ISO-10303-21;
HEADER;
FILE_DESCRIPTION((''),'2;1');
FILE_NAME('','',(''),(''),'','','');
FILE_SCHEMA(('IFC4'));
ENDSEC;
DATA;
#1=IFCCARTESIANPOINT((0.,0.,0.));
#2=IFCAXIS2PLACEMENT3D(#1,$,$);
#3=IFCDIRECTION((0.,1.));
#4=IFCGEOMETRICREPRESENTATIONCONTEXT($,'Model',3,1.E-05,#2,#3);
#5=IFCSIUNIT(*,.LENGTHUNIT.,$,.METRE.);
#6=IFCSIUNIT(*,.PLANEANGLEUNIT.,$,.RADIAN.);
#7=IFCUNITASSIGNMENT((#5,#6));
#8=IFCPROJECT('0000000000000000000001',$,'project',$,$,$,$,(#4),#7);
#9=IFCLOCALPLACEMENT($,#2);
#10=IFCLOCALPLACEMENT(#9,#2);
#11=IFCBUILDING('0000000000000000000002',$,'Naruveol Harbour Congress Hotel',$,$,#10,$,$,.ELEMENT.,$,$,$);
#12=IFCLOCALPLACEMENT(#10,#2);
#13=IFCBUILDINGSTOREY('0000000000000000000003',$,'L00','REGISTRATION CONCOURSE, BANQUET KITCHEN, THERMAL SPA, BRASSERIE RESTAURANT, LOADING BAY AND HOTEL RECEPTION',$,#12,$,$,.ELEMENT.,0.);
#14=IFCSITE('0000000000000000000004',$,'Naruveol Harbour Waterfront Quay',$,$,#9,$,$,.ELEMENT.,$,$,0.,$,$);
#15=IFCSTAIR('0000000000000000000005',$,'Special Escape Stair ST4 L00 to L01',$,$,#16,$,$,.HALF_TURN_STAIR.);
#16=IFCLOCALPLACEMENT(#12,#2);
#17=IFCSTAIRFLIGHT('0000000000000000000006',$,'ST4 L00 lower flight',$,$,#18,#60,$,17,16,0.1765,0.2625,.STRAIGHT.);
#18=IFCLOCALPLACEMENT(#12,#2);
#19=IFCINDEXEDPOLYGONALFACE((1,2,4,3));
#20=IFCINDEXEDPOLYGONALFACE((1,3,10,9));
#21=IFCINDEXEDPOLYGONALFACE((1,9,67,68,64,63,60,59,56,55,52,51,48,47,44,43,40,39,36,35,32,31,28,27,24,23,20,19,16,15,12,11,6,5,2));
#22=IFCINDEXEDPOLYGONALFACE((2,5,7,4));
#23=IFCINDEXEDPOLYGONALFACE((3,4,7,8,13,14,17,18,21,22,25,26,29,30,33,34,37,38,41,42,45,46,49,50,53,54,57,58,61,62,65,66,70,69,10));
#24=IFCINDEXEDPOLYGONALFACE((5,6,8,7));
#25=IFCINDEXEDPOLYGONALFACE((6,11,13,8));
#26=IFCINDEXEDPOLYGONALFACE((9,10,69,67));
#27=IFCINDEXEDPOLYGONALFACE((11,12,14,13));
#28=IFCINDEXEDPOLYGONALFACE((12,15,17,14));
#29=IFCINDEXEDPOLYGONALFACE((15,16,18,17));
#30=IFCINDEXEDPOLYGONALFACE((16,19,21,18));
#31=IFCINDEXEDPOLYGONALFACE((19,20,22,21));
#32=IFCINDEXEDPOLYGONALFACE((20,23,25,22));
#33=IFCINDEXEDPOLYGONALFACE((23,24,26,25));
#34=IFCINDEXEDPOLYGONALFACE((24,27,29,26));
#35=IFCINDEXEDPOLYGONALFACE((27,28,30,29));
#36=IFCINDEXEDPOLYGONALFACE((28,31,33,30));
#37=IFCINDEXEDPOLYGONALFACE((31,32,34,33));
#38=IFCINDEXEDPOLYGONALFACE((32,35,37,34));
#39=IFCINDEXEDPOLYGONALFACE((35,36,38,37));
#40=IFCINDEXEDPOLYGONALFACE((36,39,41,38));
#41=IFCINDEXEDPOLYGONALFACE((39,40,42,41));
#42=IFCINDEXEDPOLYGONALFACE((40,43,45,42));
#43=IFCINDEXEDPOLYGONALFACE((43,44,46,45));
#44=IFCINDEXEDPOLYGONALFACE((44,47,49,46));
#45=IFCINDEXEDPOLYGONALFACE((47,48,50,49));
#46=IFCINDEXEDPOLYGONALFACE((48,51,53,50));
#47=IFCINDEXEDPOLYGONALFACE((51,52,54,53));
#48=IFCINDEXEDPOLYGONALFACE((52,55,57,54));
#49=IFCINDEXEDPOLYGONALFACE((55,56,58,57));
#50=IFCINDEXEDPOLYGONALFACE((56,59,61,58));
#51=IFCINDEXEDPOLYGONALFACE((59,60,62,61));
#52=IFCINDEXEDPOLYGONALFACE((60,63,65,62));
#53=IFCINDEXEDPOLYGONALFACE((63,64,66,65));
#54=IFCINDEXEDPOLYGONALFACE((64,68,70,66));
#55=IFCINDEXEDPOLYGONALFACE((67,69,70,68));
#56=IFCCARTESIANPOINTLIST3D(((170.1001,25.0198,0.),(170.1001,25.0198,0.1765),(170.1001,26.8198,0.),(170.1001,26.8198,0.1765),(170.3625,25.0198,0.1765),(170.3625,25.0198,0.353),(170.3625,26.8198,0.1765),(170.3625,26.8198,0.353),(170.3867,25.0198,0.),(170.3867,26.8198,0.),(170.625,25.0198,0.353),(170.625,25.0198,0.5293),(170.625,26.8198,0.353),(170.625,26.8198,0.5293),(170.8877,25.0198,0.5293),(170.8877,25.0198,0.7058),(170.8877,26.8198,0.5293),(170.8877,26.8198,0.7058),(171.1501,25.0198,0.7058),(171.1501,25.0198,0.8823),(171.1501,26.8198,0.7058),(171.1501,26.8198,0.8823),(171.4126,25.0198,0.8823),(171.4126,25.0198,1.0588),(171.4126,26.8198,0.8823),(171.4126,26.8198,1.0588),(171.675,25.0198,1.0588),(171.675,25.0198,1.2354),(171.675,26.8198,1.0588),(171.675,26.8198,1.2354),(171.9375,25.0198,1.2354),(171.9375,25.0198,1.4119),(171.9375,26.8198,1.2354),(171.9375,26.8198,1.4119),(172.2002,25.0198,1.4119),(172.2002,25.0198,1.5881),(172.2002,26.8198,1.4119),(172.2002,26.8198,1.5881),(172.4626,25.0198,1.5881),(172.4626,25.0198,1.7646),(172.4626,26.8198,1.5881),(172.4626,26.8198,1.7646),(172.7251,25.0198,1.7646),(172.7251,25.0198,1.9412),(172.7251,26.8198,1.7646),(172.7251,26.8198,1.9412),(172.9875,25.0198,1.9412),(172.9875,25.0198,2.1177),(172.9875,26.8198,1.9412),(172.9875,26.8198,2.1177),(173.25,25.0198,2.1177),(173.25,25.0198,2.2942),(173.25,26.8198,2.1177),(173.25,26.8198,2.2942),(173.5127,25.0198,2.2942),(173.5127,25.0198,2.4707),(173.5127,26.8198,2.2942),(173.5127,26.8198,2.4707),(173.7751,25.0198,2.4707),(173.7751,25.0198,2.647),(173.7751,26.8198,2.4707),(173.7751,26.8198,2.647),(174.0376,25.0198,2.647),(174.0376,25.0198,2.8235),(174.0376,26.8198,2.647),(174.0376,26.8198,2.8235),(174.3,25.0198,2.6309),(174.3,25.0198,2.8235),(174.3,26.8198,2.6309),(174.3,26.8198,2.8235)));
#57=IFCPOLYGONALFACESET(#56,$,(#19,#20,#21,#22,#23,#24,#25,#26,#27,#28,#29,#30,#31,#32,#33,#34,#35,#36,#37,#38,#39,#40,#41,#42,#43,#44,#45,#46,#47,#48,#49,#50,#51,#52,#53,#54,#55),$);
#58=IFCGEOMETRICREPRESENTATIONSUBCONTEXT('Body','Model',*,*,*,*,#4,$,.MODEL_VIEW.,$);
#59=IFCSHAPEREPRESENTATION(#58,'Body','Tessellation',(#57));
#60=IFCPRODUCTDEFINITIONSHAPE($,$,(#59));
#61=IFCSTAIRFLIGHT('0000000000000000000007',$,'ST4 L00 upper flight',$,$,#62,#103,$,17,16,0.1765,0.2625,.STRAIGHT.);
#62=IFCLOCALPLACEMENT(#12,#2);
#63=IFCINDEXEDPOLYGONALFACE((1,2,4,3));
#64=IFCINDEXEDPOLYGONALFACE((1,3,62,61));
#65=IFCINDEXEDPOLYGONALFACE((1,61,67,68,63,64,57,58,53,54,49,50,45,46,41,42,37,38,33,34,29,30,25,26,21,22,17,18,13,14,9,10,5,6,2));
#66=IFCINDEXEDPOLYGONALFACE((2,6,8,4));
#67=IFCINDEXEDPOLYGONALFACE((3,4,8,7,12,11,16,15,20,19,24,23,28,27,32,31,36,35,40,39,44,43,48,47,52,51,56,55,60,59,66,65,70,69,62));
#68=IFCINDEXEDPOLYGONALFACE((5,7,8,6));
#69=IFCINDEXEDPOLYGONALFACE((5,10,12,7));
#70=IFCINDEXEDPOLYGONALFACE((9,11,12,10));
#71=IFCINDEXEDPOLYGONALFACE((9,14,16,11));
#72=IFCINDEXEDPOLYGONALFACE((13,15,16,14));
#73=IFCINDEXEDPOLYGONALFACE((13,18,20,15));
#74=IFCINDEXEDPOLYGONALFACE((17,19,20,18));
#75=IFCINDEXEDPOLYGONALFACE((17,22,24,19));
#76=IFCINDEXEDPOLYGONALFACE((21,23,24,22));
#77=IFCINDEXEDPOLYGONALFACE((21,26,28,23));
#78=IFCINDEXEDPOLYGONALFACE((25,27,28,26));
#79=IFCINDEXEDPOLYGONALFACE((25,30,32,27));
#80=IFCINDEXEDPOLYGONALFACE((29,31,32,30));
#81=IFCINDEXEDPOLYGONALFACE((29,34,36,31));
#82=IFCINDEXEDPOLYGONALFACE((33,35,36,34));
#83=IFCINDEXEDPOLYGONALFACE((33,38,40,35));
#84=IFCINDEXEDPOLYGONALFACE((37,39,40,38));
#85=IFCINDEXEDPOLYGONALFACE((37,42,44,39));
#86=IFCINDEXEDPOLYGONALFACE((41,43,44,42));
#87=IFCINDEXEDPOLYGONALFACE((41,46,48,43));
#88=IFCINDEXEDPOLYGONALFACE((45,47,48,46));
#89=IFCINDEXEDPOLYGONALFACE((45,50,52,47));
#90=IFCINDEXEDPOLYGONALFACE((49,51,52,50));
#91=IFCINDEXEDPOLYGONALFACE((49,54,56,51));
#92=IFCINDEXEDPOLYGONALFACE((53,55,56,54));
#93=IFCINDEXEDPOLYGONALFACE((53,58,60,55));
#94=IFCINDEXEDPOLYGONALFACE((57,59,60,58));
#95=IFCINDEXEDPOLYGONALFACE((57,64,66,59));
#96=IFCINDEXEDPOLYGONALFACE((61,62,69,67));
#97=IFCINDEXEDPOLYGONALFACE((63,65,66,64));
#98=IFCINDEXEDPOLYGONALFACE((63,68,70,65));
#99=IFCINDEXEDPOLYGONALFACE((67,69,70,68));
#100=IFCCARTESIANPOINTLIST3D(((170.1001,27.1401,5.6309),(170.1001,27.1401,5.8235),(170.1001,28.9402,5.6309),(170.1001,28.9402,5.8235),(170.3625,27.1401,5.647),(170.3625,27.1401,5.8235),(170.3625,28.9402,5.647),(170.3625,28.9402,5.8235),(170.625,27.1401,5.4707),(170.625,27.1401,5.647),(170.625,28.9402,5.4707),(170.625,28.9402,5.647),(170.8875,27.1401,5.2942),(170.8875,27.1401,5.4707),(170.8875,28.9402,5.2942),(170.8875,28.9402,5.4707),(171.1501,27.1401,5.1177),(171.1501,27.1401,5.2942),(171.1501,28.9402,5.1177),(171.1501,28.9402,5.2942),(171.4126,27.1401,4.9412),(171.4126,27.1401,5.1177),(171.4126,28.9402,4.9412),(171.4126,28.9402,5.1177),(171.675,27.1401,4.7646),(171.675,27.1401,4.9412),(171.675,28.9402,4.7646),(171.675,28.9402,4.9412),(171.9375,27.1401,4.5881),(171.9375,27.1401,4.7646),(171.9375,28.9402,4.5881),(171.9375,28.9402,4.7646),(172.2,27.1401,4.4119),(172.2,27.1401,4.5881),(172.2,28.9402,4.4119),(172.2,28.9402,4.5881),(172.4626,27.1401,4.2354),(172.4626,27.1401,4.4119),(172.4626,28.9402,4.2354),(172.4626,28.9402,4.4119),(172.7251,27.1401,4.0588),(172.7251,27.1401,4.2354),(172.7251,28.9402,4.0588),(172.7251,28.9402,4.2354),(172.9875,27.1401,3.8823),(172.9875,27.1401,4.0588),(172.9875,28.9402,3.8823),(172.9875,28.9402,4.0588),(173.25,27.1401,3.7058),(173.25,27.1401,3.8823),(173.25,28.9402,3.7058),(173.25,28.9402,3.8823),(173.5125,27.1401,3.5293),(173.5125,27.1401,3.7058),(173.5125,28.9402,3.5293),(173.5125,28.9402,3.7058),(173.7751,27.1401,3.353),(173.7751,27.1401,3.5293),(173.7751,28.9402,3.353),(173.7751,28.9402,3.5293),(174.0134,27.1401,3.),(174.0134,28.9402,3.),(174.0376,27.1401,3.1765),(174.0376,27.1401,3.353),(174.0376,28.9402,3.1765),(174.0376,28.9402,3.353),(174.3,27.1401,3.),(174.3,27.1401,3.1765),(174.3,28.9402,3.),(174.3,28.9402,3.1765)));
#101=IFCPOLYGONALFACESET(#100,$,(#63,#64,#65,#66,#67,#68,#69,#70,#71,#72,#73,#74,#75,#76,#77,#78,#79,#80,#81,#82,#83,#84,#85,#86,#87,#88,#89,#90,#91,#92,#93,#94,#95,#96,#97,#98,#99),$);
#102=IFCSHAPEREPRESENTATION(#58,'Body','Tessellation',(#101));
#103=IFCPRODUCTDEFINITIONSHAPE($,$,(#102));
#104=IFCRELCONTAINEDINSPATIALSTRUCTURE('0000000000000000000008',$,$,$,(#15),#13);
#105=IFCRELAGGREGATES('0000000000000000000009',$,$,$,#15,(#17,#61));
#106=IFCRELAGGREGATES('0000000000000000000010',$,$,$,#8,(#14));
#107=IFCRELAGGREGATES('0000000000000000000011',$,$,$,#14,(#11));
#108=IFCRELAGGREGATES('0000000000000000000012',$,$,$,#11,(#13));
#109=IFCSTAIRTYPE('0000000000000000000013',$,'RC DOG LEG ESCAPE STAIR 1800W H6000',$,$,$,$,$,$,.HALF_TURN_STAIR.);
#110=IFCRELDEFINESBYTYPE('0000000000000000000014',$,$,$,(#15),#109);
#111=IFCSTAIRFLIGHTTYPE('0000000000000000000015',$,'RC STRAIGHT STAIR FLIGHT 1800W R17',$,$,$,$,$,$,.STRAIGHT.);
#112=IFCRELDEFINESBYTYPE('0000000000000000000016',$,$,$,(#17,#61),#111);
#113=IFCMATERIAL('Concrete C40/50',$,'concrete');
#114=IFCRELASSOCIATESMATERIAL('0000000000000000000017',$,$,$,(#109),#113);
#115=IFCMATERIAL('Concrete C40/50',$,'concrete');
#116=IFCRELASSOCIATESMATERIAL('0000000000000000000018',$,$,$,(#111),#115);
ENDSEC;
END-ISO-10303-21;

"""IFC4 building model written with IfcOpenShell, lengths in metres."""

from ifc_helpers import new_model, si_unit, direction, frame, origin, place, context, subcontext, project, spatial, polyline, outline, extrude, material, type_object, element, aggregate, save


model = new_model("IFC4")

# Units and contexts
model_context = context("Model", 3, precision=1e-05, world=origin(), true_north=direction((0.0, 1.0)))
body_context = subcontext(model_context, "Body", "Model", "MODEL_VIEW")
ifc_project = project(units=[si_unit("LENGTHUNIT", "METRE"), si_unit("PLANEANGLEUNIT", "RADIAN")], contexts=[model_context])

# Site, building, storey
site_placement = place(None, origin())
site = spatial("IfcSite", under=ifc_project, at=site_placement, Name="Naruveol Harbour Waterfront Quay", CompositionType="ELEMENT", RefElevation=0.0)
building_placement = place(site_placement, origin())
building = spatial("IfcBuilding", under=site, at=building_placement, Name="Naruveol Harbour Congress Hotel", CompositionType="ELEMENT")
storey_placement = place(building_placement, origin())
storey = spatial("IfcBuildingStorey", under=building, at=storey_placement, Name="L00", Description="REGISTRATION CONCOURSE, BANQUET KITCHEN, THERMAL SPA, BRASSERIE RESTAURANT, LOADING BAY AND HOTEL RECEPTION", CompositionType="ELEMENT", Elevation=0.0)

# Stair, stair flights
ifc_material_1 = material(Name="Concrete C40/50", Category="concrete")
stair_type = type_object("IfcStairType", Name="RC DOG LEG ESCAPE STAIR 1800W H6000", PredefinedType="HALF_TURN_STAIR", material=ifc_material_1)
stair_placement = place(storey_placement, origin())
stair = element("IfcStair", 1, at=stair_placement, inside=storey, type_object=stair_type, Name="Special Escape Stair ST4 L00 to L01", PredefinedType="HALF_TURN_STAIR")
ifc_material_2 = material(Name="Concrete C40/50", Category="concrete")
stair_flight_type = type_object("IfcStairFlightType", Name="RC STRAIGHT STAIR FLIGHT 1800W R17", PredefinedType="STRAIGHT", material=ifc_material_2)
stair_flight_1_placement = place(storey_placement, frame((170.1001, 25.9199, 0.0), z_axis=(0.0, 0.0, 1.0), x_axis=(1.0, 0.0, 0.0)))
stair_flight_1 = element("IfcStairFlight", 2, at=stair_flight_1_placement, type_object=stair_flight_type, Name="ST4 L00 lower flight", NumberOfRisers=17, NumberOfTreads=16, PredefinedType="STRAIGHT", RiserHeight=0.1765, TreadLength=0.2625, context=body_context, shape_type="SweptSolid", body=[
    extrude(outline(polyline([(0.0, 0.0), (0.0, 0.1765), (0.2625, 0.1765), (0.2625, 0.353), (0.5249, 0.353), (0.5249, 0.5293), (0.7876, 0.5293), (0.7876, 0.7058), (1.05, 0.7058), (1.05, 0.8823), (1.3125, 0.8823), (1.3125, 1.0588), (1.575, 1.0588), (1.575, 1.2354), (1.8374, 1.2354), (1.8374, 1.4119), (2.1001, 1.4119), (2.1001, 1.5881), (2.3625, 1.5881), (2.3625, 1.7646), (2.625, 1.7646), (2.625, 1.9412), (2.8875, 1.9412), (2.8875, 2.1177), (3.1499, 2.1177), (3.1499, 2.2942), (3.4126, 2.2942), (3.4126, 2.4707), (3.675, 2.4707), (3.675, 2.647), (3.9375, 2.647), (3.9375, 2.8235), (4.2, 2.8235), (4.2, 3.0), (4.2, 2.6309), (0.2866, 0.0), (0.0, 0.0)])), frame((0.0, 0.8999, 0.0), z_axis=(0.0, -1.0, 0.0), x_axis=(1.0, 0.0, 0.0)), (0.0, 0.0, 1.0), 1.8),
])
stair_flight_2_placement = place(storey_placement, frame((174.3, 28.04, 3.0), z_axis=(0.0, 0.0, 1.0), x_axis=(-1.0, 0.0, 0.0)))
stair_flight_2 = element("IfcStairFlight", 3, at=stair_flight_2_placement, type_object=stair_flight_type, Name="ST4 L00 upper flight", NumberOfRisers=17, NumberOfTreads=16, PredefinedType="STRAIGHT", RiserHeight=0.1765, TreadLength=0.2625, context=body_context, shape_type="SweptSolid", body=[
    extrude(outline(polyline([(0.0, 0.0), (0.0, 0.1765), (0.2625, 0.1765), (0.2625, 0.353), (0.5249, 0.353), (0.5249, 0.5293), (0.7876, 0.5293), (0.7876, 0.7058), (1.05, 0.7058), (1.05, 0.8823), (1.3125, 0.8823), (1.3125, 1.0588), (1.575, 1.0588), (1.575, 1.2354), (1.8374, 1.2354), (1.8374, 1.4119), (2.1001, 1.4119), (2.1001, 1.5881), (2.3625, 1.5881), (2.3625, 1.7646), (2.625, 1.7646), (2.625, 1.9412), (2.8875, 1.9412), (2.8875, 2.1177), (3.1499, 2.1177), (3.1499, 2.2942), (3.4126, 2.2942), (3.4126, 2.4707), (3.675, 2.4707), (3.675, 2.647), (3.9375, 2.647), (3.9375, 2.8235), (4.2, 2.8235), (4.2, 3.0), (4.2, 2.6309), (0.2866, 0.0), (0.0, 0.0)])), frame((0.0, 0.8999, 0.0), z_axis=(0.0, -1.0, 0.0), x_axis=(1.0, 0.0, 0.0)), (0.0, 0.0, 1.0), 1.8),
])
aggregate(stair, [stair_flight_1, stair_flight_2])

save(model, "model.ifc")
